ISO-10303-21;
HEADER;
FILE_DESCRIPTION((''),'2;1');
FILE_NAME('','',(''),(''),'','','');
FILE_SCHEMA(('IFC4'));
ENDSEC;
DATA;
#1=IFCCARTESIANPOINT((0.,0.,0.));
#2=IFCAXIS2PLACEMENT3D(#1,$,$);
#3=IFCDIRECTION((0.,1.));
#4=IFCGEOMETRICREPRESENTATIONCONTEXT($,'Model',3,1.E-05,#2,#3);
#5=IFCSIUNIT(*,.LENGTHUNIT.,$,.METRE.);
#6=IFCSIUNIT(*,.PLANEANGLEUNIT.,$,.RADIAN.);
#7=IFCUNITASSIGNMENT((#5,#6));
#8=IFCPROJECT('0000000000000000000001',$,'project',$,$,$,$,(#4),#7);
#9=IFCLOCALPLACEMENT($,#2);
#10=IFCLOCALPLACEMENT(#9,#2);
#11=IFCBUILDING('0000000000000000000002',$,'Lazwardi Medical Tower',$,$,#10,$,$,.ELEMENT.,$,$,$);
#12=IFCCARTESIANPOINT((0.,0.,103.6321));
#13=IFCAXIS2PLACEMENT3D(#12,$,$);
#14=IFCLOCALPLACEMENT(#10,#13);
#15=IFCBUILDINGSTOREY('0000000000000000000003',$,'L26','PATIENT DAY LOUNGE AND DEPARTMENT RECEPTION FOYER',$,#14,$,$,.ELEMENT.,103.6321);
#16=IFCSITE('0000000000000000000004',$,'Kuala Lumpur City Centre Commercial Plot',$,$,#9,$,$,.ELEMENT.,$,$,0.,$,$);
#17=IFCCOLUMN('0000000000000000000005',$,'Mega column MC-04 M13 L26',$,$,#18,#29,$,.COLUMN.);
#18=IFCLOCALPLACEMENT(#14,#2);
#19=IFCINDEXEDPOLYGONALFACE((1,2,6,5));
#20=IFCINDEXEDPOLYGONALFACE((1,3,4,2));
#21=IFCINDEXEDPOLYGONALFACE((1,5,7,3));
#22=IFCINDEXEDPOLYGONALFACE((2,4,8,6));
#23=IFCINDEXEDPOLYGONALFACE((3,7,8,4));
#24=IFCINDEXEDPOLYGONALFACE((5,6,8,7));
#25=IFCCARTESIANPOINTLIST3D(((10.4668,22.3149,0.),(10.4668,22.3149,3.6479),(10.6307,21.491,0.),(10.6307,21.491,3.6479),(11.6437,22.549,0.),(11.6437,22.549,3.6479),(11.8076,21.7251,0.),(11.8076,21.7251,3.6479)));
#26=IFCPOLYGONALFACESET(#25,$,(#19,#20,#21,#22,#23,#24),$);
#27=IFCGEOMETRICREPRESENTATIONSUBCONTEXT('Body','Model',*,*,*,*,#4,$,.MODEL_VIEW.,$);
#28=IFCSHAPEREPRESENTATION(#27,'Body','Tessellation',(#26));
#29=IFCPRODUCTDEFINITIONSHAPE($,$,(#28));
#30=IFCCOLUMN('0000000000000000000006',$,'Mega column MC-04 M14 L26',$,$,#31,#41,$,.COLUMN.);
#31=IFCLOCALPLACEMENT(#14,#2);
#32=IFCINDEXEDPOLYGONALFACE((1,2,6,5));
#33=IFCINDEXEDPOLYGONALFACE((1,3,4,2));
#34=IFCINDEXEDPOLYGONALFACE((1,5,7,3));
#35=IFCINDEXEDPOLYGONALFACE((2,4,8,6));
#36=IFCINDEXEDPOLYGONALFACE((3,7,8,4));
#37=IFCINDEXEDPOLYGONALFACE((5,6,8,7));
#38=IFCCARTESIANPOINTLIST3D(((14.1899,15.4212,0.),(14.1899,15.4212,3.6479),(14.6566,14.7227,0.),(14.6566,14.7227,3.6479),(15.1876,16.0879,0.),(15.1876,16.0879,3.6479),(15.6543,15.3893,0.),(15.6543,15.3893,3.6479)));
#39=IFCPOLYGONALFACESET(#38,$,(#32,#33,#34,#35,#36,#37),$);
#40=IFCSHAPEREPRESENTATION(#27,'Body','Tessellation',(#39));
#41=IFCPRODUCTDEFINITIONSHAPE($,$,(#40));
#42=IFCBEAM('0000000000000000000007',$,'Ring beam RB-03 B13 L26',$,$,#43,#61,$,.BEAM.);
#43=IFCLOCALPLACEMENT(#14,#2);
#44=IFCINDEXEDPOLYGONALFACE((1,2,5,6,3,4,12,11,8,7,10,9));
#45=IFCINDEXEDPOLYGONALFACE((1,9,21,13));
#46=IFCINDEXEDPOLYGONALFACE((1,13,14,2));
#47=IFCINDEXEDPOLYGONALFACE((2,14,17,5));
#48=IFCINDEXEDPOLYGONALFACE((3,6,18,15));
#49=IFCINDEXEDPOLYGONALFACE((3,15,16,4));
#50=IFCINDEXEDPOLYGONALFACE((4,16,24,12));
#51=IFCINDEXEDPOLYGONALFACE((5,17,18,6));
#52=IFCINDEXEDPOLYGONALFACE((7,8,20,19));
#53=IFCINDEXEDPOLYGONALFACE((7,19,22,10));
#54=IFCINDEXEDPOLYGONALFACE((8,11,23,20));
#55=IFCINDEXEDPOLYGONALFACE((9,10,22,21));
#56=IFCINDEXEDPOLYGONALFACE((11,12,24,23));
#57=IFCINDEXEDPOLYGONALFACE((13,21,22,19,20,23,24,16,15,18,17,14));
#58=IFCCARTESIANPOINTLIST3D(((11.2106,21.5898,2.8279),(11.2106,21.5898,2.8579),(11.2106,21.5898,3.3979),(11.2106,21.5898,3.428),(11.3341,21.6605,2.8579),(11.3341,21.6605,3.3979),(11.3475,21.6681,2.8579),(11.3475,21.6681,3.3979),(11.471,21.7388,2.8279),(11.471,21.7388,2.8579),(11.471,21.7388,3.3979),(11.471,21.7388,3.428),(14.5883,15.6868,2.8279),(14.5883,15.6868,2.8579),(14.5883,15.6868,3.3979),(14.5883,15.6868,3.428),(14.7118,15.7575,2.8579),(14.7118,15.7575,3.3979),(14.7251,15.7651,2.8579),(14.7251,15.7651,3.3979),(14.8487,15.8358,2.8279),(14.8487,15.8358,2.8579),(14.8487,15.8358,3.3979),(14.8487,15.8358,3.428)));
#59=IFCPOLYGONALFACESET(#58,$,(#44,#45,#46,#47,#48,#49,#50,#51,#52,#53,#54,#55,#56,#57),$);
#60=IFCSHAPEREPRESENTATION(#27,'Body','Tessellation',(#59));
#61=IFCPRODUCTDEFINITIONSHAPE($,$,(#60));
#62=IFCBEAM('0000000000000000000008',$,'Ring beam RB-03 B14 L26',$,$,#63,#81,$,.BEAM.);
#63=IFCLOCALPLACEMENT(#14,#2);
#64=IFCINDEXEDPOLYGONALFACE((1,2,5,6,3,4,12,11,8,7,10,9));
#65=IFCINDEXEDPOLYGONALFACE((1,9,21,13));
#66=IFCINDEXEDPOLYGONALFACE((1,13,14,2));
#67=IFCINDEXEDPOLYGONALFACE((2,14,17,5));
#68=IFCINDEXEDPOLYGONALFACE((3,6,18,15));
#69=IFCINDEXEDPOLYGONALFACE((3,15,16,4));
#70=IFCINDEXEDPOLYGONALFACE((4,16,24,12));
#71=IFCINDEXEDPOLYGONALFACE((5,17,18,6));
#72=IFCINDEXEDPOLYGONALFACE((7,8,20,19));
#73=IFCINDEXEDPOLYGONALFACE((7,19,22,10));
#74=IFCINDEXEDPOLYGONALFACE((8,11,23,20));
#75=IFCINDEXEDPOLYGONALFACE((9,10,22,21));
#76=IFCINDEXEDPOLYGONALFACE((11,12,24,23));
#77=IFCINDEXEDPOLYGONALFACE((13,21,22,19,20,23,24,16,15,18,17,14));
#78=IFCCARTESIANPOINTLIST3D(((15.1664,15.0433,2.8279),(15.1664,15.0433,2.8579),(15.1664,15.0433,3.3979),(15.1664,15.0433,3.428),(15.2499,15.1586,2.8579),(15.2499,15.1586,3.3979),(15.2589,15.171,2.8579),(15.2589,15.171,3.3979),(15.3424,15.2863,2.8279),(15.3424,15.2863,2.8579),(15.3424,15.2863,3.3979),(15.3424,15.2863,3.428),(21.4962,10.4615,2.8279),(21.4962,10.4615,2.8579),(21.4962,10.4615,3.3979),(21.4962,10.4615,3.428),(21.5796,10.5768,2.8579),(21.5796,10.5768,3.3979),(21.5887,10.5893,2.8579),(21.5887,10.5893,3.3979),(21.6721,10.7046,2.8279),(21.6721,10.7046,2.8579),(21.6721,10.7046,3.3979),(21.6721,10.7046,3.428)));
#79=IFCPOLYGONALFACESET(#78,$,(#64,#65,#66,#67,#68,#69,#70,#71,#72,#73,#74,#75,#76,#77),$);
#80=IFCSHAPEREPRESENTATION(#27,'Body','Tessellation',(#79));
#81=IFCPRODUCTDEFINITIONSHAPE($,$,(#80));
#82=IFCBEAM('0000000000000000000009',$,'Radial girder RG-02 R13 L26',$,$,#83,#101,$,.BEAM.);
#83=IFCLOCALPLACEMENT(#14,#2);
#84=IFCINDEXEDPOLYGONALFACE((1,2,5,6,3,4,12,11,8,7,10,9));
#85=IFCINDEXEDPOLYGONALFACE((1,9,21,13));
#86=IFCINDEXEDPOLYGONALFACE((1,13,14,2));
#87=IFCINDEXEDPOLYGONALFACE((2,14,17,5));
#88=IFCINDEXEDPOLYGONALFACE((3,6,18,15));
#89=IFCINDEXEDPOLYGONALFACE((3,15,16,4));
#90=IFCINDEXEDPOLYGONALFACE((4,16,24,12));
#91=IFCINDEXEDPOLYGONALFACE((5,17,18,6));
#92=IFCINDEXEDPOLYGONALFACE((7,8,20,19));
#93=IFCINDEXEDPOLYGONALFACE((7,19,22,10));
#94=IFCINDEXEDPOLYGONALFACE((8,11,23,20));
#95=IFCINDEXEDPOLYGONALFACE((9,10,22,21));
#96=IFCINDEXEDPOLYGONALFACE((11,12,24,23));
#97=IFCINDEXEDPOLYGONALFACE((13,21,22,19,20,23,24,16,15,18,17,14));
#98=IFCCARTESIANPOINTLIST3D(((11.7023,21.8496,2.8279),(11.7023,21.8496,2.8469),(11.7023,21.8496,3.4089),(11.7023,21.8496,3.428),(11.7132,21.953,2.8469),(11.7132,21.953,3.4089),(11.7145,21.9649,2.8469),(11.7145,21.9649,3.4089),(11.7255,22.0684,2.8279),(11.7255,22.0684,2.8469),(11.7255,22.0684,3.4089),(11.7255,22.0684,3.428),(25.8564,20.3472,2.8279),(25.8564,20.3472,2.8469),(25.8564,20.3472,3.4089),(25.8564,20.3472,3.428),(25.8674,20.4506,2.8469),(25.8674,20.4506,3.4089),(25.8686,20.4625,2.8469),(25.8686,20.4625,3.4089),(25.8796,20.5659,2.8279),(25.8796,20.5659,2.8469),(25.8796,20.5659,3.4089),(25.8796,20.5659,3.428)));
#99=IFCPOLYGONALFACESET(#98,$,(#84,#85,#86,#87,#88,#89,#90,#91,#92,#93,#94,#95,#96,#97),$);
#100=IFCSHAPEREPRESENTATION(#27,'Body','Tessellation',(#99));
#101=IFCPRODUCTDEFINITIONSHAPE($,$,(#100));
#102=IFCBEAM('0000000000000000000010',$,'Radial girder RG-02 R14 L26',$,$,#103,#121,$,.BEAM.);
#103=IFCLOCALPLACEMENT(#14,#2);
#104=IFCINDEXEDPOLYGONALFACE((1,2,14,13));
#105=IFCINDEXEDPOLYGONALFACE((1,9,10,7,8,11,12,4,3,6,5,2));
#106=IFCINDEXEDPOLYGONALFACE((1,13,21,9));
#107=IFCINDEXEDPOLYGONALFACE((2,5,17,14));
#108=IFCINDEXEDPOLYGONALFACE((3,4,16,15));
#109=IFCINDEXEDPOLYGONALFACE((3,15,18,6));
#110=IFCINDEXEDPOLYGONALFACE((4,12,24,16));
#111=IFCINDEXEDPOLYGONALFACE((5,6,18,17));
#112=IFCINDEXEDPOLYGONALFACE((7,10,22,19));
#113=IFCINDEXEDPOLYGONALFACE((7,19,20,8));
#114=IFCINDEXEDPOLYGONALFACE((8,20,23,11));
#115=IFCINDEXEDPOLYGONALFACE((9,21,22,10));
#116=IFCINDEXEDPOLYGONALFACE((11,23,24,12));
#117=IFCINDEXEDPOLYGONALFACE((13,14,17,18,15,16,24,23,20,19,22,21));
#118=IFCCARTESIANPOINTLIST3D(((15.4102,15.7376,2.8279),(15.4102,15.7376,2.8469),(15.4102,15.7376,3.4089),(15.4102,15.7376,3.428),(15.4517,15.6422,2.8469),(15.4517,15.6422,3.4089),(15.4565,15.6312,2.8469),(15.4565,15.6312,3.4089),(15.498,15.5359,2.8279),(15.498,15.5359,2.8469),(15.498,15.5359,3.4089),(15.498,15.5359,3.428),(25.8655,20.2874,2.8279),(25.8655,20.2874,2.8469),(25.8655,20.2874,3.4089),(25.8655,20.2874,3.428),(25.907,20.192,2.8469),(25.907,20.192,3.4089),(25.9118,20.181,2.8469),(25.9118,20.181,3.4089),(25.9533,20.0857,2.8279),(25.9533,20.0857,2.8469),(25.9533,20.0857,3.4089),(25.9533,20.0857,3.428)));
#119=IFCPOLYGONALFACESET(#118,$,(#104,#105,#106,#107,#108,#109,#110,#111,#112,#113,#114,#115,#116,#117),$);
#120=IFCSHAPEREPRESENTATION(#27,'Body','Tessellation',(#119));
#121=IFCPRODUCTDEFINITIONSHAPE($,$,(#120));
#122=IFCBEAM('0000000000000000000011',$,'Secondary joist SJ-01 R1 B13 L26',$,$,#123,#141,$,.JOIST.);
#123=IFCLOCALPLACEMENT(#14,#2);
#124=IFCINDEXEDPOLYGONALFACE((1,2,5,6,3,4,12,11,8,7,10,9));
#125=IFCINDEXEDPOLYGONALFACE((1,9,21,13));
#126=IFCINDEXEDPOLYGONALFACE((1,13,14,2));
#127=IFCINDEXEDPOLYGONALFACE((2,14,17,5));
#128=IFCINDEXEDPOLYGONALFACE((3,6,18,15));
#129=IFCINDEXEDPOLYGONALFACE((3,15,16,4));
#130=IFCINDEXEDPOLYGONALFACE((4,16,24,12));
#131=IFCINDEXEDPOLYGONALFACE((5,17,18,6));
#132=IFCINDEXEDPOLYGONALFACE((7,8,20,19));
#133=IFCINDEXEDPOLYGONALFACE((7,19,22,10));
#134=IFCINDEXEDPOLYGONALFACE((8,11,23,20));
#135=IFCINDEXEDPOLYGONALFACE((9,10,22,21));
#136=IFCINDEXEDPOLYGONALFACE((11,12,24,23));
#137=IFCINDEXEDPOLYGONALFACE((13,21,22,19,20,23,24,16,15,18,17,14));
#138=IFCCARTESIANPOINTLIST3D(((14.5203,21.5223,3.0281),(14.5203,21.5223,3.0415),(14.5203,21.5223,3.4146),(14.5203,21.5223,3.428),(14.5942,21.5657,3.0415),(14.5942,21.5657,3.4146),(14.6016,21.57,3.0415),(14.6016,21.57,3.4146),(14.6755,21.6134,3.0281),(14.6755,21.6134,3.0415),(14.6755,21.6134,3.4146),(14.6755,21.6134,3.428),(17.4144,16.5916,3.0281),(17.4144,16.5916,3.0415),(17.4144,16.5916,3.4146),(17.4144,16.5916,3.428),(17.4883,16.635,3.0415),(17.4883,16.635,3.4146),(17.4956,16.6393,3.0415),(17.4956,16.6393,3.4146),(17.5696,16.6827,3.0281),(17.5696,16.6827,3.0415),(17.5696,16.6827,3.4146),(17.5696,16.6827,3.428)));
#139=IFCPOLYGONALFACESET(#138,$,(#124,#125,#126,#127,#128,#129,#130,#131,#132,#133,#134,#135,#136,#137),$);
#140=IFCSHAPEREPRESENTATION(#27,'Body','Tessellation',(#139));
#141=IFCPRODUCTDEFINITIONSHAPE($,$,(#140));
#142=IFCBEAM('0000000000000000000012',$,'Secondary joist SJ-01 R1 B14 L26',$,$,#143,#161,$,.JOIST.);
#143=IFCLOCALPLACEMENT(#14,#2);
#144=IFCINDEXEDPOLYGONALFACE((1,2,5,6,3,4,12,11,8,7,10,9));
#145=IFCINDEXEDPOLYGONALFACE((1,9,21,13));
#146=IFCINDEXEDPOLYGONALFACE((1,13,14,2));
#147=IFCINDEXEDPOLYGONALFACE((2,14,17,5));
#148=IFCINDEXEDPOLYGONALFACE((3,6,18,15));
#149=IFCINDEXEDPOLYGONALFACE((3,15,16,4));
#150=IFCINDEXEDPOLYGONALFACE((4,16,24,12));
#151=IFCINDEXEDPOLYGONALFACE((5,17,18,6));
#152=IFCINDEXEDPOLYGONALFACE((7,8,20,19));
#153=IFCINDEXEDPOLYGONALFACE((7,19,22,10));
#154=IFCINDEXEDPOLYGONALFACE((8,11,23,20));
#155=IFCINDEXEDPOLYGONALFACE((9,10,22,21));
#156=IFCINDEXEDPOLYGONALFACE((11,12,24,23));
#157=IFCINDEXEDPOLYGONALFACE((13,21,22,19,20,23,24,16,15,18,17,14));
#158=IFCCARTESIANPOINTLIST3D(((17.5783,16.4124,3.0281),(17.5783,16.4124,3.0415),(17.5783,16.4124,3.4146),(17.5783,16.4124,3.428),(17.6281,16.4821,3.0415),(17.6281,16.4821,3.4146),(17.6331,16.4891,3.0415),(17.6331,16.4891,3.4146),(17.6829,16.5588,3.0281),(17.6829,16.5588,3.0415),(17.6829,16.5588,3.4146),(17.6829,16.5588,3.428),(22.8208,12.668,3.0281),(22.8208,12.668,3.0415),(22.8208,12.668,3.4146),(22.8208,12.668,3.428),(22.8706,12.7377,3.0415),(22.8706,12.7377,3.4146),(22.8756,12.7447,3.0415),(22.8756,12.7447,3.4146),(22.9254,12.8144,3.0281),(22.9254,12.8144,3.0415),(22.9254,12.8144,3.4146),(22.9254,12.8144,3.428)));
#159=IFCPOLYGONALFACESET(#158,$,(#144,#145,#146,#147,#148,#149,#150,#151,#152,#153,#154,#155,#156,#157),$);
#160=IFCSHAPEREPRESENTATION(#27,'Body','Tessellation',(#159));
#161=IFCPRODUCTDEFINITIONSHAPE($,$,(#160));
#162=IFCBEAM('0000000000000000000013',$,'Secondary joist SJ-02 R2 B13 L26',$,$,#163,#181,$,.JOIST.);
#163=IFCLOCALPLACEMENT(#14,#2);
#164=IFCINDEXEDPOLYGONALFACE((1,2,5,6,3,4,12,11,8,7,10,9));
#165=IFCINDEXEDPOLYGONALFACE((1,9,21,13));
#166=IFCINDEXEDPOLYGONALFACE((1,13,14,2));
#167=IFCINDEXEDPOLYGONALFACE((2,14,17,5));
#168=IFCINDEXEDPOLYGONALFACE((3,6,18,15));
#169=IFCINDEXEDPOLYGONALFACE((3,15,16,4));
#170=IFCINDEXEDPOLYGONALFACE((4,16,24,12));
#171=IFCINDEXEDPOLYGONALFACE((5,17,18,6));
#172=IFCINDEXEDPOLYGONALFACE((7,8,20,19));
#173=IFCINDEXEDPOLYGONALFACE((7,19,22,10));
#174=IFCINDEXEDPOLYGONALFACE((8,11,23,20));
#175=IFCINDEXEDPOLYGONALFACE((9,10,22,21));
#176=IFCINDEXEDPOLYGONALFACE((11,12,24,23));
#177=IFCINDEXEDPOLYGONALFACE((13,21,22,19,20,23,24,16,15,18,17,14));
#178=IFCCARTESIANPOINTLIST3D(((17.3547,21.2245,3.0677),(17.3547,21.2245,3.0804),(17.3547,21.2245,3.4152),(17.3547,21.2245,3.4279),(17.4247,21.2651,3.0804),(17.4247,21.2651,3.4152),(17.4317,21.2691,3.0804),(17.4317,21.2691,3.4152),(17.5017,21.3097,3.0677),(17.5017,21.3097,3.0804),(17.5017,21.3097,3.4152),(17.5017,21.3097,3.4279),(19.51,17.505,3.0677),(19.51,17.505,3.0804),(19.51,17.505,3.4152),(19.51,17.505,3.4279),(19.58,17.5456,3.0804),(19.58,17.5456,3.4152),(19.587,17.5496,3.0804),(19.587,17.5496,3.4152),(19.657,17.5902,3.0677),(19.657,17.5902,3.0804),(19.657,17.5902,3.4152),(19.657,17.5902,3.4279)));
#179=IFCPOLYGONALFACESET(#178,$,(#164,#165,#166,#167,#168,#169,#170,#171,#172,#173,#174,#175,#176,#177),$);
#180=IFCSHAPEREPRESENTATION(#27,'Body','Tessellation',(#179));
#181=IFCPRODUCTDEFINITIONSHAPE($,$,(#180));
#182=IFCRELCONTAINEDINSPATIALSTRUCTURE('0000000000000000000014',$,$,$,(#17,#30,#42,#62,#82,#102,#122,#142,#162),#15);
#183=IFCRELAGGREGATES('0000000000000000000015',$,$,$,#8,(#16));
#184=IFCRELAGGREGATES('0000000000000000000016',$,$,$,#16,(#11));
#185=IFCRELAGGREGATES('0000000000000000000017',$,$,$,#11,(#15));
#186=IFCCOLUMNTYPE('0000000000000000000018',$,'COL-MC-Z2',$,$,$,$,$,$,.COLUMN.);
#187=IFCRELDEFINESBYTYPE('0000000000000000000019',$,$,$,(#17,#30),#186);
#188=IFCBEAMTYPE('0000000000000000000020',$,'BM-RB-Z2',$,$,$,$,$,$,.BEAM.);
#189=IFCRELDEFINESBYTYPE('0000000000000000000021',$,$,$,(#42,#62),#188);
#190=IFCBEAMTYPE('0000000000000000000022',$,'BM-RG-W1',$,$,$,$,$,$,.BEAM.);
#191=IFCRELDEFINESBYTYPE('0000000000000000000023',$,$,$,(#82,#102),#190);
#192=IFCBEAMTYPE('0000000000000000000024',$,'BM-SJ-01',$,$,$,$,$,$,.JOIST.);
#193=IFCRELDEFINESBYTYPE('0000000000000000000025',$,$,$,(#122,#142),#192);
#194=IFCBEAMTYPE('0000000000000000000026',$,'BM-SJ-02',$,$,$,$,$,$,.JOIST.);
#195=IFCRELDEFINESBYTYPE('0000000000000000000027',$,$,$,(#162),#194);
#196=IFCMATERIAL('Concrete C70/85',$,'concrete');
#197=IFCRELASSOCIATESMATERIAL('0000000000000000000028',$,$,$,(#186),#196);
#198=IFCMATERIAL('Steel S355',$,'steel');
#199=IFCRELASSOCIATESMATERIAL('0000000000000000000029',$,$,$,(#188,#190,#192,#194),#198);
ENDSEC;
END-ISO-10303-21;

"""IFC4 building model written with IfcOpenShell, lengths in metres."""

from ifc_helpers import new_model, si_unit, direction, frame, origin, origin_2d, place, context, subcontext, project, spatial, rectangle, i_section, extrude, material, material_profile, profile_set, type_object, element, save


model = new_model("IFC4")

# Units and contexts
model_context = context("Model", 3, precision=1e-05, world=origin(), true_north=direction((0.0, 1.0)))
body_context = subcontext(model_context, "Body", "Model", "MODEL_VIEW")
ifc_project = project(units=[si_unit("LENGTHUNIT", "METRE"), si_unit("PLANEANGLEUNIT", "RADIAN")], contexts=[model_context])

# Site, building, storey
site_placement = place(None, origin())
site = spatial("IfcSite", under=ifc_project, at=site_placement, Name="Kuala Lumpur City Centre Commercial Plot", CompositionType="ELEMENT", RefElevation=0.0)
building_placement = place(site_placement, origin())
building = spatial("IfcBuilding", under=site, at=building_placement, Name="Lazwardi Medical Tower", CompositionType="ELEMENT")
storey_placement = place(building_placement, frame((0.0, 0.0, 103.6321)))
storey = spatial("IfcBuildingStorey", under=building, at=storey_placement, Name="L26", Description="PATIENT DAY LOUNGE AND DEPARTMENT RECEPTION FOYER", CompositionType="ELEMENT", Elevation=103.6321)

# Columns
ifc_material_1 = material(Name="Concrete C70/85", Category="concrete")
ifc_material_profile_1 = material_profile(ifc_material_1, rectangle(XDim=1.2, YDim=0.8401, at=origin_2d()), Name="CFT-RECT 1200x840")
ifc_profile_set_1 = profile_set([ifc_material_profile_1], Name="Concrete C70/85")
column_type = type_object("IfcColumnType", Name="COL-MC-Z2", PredefinedType="COLUMN", material=ifc_profile_set_1)
for number, where, z_axis, x_axis, name in (
    (1, (11.1372, 22.02, 0.0), (0.0, 0.0, 1.0), (-0.980785, -0.19509, 0.0), "Mega column MC-04 M13 L26"),
    (2, (14.9221, 15.4053, 0.0), (0.0, 0.0, 1.0), (-0.83147, -0.55557, 0.0), "Mega column MC-04 M14 L26"),
):
    element("IfcColumn", number, at=place(storey_placement, frame(where, z_axis=z_axis, x_axis=x_axis)), inside=storey, type_object=column_type, Name=name, PredefinedType="COLUMN", context=body_context, shape_type="SweptSolid", body=[
        extrude(rectangle(XDim=1.2, YDim=0.8401, at=origin_2d()), origin(), (0.0, 0.0, 1.0), 3.6479),
    ])

# Beams
ifc_material_2 = material(Name="Steel S355", Category="steel")
ifc_material_profile_2 = material_profile(ifc_material_2, i_section(OverallWidth=0.3, OverallDepth=0.6001, WebThickness=0.0154, FlangeThickness=0.03, at=origin_2d()), Name="HEB 600")
ifc_profile_set_2 = profile_set([ifc_material_profile_2], Name="Steel S355")
beam_type_1 = type_object("IfcBeamType", Name="BM-RB-Z2", PredefinedType="BEAM", material=ifc_profile_set_2)
beam_1_placement = place(storey_placement, frame((11.3408, 21.6643, 3.1279), z_axis=(0.496638, -0.867958, 0.0), x_axis=(0.867958, 0.496638, 0.0)))
element("IfcBeam", 3, at=beam_1_placement, inside=storey, type_object=beam_type_1, Name="Ring beam RB-03 B13 L26", PredefinedType="BEAM", context=body_context, shape_type="SweptSolid", body=[
    extrude(i_section(OverallWidth=0.3, OverallDepth=0.6001, WebThickness=0.0154, FlangeThickness=0.03, at=origin_2d()), origin(), (0.0, 0.0, 1.0), 6.801),
])
beam_2_placement = place(storey_placement, frame((15.2544, 15.1648, 3.1279), z_axis=(0.810057, -0.586351, 0.0), x_axis=(0.586351, 0.810057, 0.0)))
element("IfcBeam", 4, at=beam_2_placement, inside=storey, type_object=beam_type_1, Name="Ring beam RB-03 B14 L26", PredefinedType="BEAM", context=body_context, shape_type="SweptSolid", body=[
    extrude(i_section(OverallWidth=0.3, OverallDepth=0.6001, WebThickness=0.0154, FlangeThickness=0.03, at=origin_2d()), origin(), (0.0, 0.0, 1.0), 7.814),
])
ifc_material_profile_3 = material_profile(ifc_material_2, i_section(OverallWidth=0.22, OverallDepth=0.6001, WebThickness=0.012, FlangeThickness=0.019, at=origin_2d()), Name="IPE 600")
ifc_profile_set_3 = profile_set([ifc_material_profile_3], Name="Steel S355")
beam_type_2 = type_object("IfcBeamType", Name="BM-RG-W1", PredefinedType="BEAM", material=ifc_profile_set_3)
beam_3_placement = place(storey_placement, frame((11.7139, 21.959, 3.1279), z_axis=(0.994413, -0.105556, 0.0), x_axis=(0.105556, 0.994413, 0.0)))
element("IfcBeam", 5, at=beam_3_placement, inside=storey, type_object=beam_type_2, Name="Radial girder RG-02 R13 L26", PredefinedType="BEAM", context=body_context, shape_type="SweptSolid", body=[
    extrude(i_section(OverallWidth=0.22, OverallDepth=0.6001, WebThickness=0.012, FlangeThickness=0.019, at=origin_2d()), origin(), (0.0, 0.0, 1.0), 14.2336),
])
beam_4_placement = place(storey_placement, frame((15.4541, 15.6367, 3.1279), z_axis=(0.916941, 0.399022, 0.0), x_axis=(-0.399022, 0.916941, 0.0)))
element("IfcBeam", 6, at=beam_4_placement, inside=storey, type_object=beam_type_2, Name="Radial girder RG-02 R14 L26", PredefinedType="BEAM", context=body_context, shape_type="SweptSolid", body=[
    extrude(i_section(OverallWidth=0.22, OverallDepth=0.6001, WebThickness=0.012, FlangeThickness=0.019, at=origin_2d()), origin(), (0.0, 0.0, 1.0), 11.4023),
])
ifc_material_profile_4 = material_profile(ifc_material_2, i_section(OverallWidth=0.1799, OverallDepth=0.3999, WebThickness=0.0085, FlangeThickness=0.0134, at=origin_2d()), Name="IPE 400")
ifc_profile_set_4 = profile_set([ifc_material_profile_4], Name="Steel S355")
beam_type_3 = type_object("IfcBeamType", Name="BM-SJ-01", PredefinedType="JOIST", material=ifc_profile_set_4)
beam_5_placement = place(storey_placement, frame((14.5979, 21.5679, 3.228), z_axis=(0.506195, -0.862419, 0.0), x_axis=(0.862419, 0.506195, 0.0)))
element("IfcBeam", 7, at=beam_5_placement, inside=storey, type_object=beam_type_3, Name="Secondary joist SJ-01 R1 B13 L26", PredefinedType="JOIST", context=body_context, shape_type="SweptSolid", body=[
    extrude(i_section(OverallWidth=0.1799, OverallDepth=0.3999, WebThickness=0.0085, FlangeThickness=0.0134, at=origin_2d()), origin(), (0.0, 0.0, 1.0), 5.7173),
])
beam_6_placement = place(storey_placement, frame((17.6306, 16.4856, 3.228), z_axis=(0.813749, -0.581217, 0.0), x_axis=(0.581217, 0.813749, 0.0)))
element("IfcBeam", 8, at=beam_6_placement, inside=storey, type_object=beam_type_3, Name="Secondary joist SJ-01 R1 B14 L26", PredefinedType="JOIST", context=body_context, shape_type="SweptSolid", body=[
    extrude(i_section(OverallWidth=0.1799, OverallDepth=0.3999, WebThickness=0.0085, FlangeThickness=0.0134, at=origin_2d()), origin(), (0.0, 0.0, 1.0), 6.4424),
])
ifc_material_profile_5 = material_profile(ifc_material_2, i_section(OverallWidth=0.1699, OverallDepth=0.3601, WebThickness=0.0081, FlangeThickness=0.0127, at=origin_2d()), Name="IPE 360")
ifc_profile_set_5 = profile_set([ifc_material_profile_5], Name="Steel S355")
beam_type_4 = type_object("IfcBeamType", Name="BM-SJ-02", PredefinedType="JOIST", material=ifc_profile_set_5)
beam_7_placement = place(storey_placement, frame((17.4282, 21.2671, 3.2478), z_axis=(0.501365, -0.865236, 0.0), x_axis=(0.865236, 0.501365, 0.0)))
element("IfcBeam", 9, at=beam_7_placement, inside=storey, type_object=beam_type_4, Name="Secondary joist SJ-02 R2 B13 L26", PredefinedType="JOIST", context=body_context, shape_type="SweptSolid", body=[
    extrude(i_section(OverallWidth=0.1699, OverallDepth=0.3601, WebThickness=0.0081, FlangeThickness=0.0127, at=origin_2d()), origin(), (0.0, 0.0, 1.0), 4.2988),
])

save(model, "model.ifc")
